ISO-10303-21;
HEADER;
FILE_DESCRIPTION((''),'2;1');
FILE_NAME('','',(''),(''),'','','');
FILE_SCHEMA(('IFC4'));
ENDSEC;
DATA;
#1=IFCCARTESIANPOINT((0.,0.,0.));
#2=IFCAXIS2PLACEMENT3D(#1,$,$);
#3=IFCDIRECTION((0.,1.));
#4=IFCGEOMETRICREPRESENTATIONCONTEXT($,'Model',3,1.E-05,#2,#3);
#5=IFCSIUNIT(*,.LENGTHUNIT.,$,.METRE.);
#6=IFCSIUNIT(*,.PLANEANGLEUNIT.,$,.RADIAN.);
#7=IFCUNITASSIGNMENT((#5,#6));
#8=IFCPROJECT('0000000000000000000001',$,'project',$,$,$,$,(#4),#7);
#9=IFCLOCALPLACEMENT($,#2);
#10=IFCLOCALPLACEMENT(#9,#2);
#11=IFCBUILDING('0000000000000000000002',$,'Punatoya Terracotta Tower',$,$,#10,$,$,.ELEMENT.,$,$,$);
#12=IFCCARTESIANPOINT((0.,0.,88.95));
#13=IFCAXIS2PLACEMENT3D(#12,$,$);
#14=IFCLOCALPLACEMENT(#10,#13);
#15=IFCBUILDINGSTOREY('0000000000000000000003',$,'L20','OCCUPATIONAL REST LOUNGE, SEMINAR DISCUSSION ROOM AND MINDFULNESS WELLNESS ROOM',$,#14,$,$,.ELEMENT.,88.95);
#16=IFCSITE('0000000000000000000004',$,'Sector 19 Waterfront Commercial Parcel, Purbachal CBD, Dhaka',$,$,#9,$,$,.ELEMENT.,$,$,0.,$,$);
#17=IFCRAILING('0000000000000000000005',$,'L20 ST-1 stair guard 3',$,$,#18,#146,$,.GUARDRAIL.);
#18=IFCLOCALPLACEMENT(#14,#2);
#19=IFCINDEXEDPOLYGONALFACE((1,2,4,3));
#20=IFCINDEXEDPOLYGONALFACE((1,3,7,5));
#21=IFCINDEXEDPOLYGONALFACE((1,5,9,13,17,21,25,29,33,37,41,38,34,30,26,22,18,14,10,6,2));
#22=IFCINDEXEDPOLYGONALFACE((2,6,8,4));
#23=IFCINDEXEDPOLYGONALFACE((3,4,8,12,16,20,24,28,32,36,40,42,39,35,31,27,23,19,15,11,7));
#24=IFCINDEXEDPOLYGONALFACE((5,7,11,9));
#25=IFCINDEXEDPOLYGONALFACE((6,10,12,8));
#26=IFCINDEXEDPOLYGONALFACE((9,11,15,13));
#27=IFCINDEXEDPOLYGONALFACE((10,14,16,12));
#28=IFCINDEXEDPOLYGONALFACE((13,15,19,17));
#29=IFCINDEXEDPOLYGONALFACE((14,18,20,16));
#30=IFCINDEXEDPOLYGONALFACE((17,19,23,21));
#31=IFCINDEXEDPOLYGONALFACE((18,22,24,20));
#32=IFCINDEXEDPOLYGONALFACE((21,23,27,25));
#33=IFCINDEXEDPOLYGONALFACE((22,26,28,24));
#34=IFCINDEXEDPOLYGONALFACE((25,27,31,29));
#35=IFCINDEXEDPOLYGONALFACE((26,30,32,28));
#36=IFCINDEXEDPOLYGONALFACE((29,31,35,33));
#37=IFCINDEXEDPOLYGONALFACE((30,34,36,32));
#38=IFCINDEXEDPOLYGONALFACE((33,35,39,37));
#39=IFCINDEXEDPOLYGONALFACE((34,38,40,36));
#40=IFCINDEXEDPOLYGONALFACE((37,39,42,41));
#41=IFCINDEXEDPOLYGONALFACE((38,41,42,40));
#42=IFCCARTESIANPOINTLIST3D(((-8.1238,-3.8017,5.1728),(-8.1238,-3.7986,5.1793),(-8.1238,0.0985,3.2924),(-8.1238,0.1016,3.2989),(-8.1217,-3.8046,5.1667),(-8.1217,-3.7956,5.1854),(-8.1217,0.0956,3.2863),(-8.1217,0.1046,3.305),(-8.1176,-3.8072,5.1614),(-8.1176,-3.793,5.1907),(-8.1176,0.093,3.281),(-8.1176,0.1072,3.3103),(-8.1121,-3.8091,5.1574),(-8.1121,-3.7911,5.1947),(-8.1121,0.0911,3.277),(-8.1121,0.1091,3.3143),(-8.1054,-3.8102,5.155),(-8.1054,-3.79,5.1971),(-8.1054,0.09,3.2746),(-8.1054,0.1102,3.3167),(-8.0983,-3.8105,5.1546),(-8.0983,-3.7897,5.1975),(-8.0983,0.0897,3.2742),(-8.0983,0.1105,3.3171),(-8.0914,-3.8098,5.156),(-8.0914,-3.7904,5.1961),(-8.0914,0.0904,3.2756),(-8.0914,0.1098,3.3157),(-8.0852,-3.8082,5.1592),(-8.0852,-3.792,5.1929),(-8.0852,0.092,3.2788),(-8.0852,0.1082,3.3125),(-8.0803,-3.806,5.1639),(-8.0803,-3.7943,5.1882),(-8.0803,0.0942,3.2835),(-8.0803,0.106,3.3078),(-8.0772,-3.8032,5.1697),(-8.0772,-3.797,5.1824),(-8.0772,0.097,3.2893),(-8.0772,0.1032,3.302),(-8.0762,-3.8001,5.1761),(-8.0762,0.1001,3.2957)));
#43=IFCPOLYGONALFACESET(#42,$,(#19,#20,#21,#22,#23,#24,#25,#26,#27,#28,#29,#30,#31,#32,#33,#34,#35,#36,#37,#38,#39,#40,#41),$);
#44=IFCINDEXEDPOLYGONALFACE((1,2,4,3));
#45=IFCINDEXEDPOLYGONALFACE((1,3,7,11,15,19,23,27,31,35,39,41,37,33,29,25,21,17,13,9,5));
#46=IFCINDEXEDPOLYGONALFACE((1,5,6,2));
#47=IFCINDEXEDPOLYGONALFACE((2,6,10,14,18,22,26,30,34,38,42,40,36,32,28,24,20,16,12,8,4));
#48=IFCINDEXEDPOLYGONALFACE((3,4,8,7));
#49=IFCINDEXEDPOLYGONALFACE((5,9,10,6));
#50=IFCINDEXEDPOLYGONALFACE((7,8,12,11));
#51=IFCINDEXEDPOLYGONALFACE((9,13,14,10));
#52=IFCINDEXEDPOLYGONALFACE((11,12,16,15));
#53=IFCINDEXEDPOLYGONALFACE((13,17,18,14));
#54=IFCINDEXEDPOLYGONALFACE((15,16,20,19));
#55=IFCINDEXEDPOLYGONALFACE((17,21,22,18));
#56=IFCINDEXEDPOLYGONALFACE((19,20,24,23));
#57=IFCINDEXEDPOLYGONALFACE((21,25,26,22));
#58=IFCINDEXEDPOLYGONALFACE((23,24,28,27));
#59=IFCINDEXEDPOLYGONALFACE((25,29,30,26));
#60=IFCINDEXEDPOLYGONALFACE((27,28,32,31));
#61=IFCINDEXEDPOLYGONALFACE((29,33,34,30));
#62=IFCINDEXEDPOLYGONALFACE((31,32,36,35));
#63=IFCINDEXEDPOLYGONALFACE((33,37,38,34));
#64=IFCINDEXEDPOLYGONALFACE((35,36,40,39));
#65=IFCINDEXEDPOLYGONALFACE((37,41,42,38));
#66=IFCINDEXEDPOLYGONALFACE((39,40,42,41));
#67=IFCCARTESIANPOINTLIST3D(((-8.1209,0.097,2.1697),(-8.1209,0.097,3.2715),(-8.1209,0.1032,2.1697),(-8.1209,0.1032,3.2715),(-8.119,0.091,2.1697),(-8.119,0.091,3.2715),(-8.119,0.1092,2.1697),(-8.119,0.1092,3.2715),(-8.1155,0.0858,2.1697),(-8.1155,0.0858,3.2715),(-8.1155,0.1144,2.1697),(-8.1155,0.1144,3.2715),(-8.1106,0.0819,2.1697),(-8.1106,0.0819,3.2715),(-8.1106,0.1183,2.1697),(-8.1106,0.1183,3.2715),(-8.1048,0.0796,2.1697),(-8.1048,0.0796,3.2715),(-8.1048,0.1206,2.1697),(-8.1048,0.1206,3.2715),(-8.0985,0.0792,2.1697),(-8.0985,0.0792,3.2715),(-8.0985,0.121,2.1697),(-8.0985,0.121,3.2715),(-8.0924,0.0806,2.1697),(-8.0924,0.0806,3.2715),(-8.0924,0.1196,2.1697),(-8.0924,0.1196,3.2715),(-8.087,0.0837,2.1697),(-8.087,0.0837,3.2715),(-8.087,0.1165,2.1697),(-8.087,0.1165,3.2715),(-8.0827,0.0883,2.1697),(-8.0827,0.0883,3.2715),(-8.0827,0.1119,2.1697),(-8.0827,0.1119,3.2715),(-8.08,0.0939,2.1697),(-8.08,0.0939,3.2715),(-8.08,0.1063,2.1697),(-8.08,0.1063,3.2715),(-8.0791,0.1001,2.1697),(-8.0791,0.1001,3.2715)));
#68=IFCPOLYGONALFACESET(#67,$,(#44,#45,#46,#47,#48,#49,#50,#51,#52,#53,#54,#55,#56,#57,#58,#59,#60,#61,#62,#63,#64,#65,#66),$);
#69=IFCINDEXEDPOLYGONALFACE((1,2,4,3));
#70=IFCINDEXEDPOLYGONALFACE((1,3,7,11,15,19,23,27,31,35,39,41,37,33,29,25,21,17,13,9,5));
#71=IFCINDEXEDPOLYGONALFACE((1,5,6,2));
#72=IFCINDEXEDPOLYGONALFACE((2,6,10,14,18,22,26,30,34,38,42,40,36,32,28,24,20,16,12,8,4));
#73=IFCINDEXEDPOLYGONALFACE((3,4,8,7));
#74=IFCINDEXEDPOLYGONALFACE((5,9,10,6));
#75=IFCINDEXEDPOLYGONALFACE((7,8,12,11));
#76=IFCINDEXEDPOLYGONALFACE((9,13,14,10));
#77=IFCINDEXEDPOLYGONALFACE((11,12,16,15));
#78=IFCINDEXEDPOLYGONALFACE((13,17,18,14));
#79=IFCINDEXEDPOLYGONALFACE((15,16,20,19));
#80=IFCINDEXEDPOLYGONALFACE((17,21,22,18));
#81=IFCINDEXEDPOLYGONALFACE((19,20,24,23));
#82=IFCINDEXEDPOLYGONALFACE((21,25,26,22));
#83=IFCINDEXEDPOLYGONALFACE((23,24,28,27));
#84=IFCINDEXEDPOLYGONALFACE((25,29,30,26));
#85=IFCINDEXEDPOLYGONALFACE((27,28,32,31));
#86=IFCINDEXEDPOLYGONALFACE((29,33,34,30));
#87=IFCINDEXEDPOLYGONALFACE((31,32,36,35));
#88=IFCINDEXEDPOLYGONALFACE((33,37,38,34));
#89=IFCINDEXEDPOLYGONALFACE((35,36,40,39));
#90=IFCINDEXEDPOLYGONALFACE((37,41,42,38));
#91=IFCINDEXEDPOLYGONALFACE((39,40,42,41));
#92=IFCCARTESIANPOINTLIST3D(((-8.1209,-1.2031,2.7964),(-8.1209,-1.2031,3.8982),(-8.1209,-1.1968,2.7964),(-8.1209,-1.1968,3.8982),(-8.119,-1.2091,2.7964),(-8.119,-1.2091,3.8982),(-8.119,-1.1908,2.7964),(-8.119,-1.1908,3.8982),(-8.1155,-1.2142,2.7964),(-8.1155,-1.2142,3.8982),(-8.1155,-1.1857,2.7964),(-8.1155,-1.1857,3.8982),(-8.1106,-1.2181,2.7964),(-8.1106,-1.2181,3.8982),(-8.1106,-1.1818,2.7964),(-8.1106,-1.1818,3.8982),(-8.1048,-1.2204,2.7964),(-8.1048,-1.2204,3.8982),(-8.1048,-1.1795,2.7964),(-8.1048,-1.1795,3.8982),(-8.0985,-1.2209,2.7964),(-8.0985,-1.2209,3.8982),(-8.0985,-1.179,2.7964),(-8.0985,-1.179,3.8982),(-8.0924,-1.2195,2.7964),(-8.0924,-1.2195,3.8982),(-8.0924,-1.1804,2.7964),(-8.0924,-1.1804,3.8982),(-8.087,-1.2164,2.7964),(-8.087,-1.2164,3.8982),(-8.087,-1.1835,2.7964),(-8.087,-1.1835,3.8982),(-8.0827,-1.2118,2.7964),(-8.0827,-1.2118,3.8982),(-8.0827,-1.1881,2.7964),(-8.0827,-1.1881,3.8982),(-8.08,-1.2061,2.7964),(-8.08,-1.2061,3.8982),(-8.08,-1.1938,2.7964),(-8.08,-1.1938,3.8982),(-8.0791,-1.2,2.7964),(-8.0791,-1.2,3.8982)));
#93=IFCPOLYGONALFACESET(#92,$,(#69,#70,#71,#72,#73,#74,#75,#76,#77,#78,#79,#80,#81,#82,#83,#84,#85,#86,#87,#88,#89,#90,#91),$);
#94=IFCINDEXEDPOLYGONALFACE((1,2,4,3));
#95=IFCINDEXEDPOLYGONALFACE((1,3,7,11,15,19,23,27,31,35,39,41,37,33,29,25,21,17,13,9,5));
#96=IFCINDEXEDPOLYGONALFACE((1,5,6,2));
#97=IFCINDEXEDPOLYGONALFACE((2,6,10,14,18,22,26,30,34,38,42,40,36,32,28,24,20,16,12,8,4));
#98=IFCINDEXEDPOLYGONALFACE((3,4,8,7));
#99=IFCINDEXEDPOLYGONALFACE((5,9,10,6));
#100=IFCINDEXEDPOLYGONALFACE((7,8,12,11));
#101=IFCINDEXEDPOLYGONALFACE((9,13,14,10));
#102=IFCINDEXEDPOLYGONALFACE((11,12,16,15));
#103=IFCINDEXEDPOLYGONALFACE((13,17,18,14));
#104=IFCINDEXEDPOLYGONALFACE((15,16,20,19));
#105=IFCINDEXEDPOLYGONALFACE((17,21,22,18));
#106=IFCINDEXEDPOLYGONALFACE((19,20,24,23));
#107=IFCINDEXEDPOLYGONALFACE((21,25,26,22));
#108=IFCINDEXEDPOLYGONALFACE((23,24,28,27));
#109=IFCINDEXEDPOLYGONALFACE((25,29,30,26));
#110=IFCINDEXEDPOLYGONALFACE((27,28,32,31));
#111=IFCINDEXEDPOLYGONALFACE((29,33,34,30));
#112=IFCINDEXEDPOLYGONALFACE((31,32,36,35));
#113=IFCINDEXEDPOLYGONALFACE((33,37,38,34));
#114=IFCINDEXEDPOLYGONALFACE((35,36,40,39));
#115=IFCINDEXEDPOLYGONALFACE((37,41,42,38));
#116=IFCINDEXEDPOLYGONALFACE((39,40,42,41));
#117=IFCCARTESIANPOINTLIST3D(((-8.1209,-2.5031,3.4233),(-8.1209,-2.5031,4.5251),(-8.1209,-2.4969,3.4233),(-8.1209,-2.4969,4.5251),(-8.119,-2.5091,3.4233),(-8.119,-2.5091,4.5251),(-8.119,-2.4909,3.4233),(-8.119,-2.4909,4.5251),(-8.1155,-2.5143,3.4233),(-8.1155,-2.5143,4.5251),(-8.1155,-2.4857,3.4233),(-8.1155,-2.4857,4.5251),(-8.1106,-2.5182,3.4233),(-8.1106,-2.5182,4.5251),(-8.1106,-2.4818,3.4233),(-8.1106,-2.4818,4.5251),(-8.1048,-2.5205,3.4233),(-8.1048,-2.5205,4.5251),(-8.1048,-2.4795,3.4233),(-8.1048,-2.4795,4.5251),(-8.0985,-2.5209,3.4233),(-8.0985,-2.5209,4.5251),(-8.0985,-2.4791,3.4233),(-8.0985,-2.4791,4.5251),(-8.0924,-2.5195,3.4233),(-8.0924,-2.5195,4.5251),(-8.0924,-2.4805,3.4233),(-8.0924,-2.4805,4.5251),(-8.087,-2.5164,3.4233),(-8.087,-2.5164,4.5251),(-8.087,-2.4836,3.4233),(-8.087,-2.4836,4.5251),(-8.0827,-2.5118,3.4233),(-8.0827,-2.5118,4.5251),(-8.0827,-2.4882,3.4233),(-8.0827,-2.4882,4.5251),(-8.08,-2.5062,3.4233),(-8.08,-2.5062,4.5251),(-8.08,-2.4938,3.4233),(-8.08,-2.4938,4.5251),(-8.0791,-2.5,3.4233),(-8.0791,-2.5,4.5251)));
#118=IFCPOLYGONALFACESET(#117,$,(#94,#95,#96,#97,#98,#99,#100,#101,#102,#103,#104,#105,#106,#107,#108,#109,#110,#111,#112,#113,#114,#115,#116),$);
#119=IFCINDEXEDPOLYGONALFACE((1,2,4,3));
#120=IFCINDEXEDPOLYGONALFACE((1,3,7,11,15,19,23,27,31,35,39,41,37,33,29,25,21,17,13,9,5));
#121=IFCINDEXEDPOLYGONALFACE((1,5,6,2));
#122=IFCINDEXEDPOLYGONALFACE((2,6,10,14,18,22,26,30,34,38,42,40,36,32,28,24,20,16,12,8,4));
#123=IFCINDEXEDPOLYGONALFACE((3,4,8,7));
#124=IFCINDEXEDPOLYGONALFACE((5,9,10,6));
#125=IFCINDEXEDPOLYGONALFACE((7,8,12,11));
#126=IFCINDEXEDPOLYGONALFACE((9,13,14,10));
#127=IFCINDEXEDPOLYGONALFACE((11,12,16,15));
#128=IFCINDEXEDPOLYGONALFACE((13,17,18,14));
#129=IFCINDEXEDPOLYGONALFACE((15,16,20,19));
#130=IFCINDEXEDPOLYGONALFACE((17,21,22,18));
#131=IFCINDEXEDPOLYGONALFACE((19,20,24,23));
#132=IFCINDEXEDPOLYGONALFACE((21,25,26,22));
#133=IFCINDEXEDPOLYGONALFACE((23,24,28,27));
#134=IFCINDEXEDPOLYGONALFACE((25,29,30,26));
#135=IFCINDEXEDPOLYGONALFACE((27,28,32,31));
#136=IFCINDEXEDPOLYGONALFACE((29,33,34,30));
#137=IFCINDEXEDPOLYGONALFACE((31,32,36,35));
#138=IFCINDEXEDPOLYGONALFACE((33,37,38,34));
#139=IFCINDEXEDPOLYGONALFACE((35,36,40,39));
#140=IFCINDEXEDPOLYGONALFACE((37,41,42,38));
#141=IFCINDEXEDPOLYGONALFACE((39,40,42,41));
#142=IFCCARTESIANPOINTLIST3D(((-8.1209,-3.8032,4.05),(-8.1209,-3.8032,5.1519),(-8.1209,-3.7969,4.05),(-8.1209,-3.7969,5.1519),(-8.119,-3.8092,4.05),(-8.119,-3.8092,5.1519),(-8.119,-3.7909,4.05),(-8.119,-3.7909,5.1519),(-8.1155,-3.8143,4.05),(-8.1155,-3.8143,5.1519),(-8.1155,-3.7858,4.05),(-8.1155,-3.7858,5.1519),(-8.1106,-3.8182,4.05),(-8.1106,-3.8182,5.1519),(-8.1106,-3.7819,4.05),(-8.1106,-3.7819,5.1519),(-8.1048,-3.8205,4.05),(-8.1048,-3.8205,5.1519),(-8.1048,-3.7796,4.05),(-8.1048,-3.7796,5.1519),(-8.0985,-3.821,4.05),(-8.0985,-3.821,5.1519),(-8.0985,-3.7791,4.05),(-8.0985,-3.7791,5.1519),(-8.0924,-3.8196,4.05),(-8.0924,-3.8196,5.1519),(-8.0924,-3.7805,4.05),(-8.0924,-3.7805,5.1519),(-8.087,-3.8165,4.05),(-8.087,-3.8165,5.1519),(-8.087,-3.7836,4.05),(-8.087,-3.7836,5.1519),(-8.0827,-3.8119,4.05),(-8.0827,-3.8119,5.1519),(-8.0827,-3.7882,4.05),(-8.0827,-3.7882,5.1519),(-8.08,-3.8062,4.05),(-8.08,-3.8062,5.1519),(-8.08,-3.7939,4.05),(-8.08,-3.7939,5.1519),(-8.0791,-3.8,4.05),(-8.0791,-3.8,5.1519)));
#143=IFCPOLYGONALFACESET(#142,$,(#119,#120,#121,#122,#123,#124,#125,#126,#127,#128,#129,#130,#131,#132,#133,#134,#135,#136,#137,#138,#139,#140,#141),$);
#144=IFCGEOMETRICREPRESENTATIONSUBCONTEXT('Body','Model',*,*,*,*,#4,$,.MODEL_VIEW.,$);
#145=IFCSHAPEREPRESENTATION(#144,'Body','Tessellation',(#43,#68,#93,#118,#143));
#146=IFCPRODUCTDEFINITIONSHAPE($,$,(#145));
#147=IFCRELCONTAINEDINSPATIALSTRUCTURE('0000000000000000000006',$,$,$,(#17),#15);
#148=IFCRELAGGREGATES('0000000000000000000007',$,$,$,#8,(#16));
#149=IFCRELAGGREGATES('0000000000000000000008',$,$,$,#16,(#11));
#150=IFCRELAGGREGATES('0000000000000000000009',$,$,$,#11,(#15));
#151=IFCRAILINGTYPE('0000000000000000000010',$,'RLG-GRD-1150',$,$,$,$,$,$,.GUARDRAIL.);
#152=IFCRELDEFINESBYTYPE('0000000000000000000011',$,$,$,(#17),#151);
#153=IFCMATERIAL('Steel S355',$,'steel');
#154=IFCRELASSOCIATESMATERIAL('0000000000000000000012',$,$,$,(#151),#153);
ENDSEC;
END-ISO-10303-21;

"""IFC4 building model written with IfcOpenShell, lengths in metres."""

from ifc_helpers import new_model, si_unit, direction, frame, origin, origin_2d, place, context, subcontext, project, spatial, circle, extrude, material, type_object, element, save


model = new_model("IFC4")

# Units and contexts
model_context = context("Model", 3, precision=1e-05, world=origin(), true_north=direction((0.0, 1.0)))
body_context = subcontext(model_context, "Body", "Model", "MODEL_VIEW")
ifc_project = project(units=[si_unit("LENGTHUNIT", "METRE"), si_unit("PLANEANGLEUNIT", "RADIAN")], contexts=[model_context])

# Site, building, storey
site_placement = place(None, origin())
site = spatial("IfcSite", under=ifc_project, at=site_placement, Name="Sector 19 Waterfront Commercial Parcel, Purbachal CBD, Dhaka", CompositionType="ELEMENT", RefElevation=0.0)
building_placement = place(site_placement, origin())
building = spatial("IfcBuilding", under=site, at=building_placement, Name="Punatoya Terracotta Tower", CompositionType="ELEMENT")
storey_placement = place(building_placement, frame((0.0, 0.0, 88.95)))
storey = spatial("IfcBuildingStorey", under=building, at=storey_placement, Name="L20", Description="OCCUPATIONAL REST LOUNGE, SEMINAR DISCUSSION ROOM AND MINDFULNESS WELLNESS ROOM", CompositionType="ELEMENT", Elevation=88.95)

# Railing
ifc_material_1 = material(Name="Steel S355", Category="steel")
railing_type_1 = type_object("IfcRailingType", Name="RLG-GRD-1150", PredefinedType="GUARDRAIL", material=ifc_material_1)
railing_1_placement = place(storey_placement, frame((-8.1001, 0.1001, 2.1697)))
element("IfcRailing", 1, at=railing_1_placement, inside=storey, type_object=railing_type_1, Name="L20 ST-1 stair guard 3", PredefinedType="GUARDRAIL", context=body_context, shape_type="SweptSolid", body=[
    extrude(circle(Radius=0.0239, at=origin_2d()), frame((0.0, 0.0, 1.126), z_axis=(0.0, -0.900774, 0.434289), x_axis=(1.0, 0.0, 0.0)), (0.0, 0.0, 1.0), 4.3298),
    extrude(circle(Radius=0.021, at=origin_2d()), origin(), (0.0, 0.0, 1.0), 1.1018),
    extrude(circle(Radius=0.021, at=origin_2d()), frame((0.0, -1.3, 0.6267)), (0.0, 0.0, 1.0), 1.1018),
    extrude(circle(Radius=0.021, at=origin_2d()), frame((0.0, -2.6001, 1.2537)), (0.0, 0.0, 1.0), 1.1018),
    extrude(circle(Radius=0.021, at=origin_2d()), frame((0.0, -3.9001, 1.8804)), (0.0, 0.0, 1.0), 1.1018),
])

save(model, "model.ifc")
